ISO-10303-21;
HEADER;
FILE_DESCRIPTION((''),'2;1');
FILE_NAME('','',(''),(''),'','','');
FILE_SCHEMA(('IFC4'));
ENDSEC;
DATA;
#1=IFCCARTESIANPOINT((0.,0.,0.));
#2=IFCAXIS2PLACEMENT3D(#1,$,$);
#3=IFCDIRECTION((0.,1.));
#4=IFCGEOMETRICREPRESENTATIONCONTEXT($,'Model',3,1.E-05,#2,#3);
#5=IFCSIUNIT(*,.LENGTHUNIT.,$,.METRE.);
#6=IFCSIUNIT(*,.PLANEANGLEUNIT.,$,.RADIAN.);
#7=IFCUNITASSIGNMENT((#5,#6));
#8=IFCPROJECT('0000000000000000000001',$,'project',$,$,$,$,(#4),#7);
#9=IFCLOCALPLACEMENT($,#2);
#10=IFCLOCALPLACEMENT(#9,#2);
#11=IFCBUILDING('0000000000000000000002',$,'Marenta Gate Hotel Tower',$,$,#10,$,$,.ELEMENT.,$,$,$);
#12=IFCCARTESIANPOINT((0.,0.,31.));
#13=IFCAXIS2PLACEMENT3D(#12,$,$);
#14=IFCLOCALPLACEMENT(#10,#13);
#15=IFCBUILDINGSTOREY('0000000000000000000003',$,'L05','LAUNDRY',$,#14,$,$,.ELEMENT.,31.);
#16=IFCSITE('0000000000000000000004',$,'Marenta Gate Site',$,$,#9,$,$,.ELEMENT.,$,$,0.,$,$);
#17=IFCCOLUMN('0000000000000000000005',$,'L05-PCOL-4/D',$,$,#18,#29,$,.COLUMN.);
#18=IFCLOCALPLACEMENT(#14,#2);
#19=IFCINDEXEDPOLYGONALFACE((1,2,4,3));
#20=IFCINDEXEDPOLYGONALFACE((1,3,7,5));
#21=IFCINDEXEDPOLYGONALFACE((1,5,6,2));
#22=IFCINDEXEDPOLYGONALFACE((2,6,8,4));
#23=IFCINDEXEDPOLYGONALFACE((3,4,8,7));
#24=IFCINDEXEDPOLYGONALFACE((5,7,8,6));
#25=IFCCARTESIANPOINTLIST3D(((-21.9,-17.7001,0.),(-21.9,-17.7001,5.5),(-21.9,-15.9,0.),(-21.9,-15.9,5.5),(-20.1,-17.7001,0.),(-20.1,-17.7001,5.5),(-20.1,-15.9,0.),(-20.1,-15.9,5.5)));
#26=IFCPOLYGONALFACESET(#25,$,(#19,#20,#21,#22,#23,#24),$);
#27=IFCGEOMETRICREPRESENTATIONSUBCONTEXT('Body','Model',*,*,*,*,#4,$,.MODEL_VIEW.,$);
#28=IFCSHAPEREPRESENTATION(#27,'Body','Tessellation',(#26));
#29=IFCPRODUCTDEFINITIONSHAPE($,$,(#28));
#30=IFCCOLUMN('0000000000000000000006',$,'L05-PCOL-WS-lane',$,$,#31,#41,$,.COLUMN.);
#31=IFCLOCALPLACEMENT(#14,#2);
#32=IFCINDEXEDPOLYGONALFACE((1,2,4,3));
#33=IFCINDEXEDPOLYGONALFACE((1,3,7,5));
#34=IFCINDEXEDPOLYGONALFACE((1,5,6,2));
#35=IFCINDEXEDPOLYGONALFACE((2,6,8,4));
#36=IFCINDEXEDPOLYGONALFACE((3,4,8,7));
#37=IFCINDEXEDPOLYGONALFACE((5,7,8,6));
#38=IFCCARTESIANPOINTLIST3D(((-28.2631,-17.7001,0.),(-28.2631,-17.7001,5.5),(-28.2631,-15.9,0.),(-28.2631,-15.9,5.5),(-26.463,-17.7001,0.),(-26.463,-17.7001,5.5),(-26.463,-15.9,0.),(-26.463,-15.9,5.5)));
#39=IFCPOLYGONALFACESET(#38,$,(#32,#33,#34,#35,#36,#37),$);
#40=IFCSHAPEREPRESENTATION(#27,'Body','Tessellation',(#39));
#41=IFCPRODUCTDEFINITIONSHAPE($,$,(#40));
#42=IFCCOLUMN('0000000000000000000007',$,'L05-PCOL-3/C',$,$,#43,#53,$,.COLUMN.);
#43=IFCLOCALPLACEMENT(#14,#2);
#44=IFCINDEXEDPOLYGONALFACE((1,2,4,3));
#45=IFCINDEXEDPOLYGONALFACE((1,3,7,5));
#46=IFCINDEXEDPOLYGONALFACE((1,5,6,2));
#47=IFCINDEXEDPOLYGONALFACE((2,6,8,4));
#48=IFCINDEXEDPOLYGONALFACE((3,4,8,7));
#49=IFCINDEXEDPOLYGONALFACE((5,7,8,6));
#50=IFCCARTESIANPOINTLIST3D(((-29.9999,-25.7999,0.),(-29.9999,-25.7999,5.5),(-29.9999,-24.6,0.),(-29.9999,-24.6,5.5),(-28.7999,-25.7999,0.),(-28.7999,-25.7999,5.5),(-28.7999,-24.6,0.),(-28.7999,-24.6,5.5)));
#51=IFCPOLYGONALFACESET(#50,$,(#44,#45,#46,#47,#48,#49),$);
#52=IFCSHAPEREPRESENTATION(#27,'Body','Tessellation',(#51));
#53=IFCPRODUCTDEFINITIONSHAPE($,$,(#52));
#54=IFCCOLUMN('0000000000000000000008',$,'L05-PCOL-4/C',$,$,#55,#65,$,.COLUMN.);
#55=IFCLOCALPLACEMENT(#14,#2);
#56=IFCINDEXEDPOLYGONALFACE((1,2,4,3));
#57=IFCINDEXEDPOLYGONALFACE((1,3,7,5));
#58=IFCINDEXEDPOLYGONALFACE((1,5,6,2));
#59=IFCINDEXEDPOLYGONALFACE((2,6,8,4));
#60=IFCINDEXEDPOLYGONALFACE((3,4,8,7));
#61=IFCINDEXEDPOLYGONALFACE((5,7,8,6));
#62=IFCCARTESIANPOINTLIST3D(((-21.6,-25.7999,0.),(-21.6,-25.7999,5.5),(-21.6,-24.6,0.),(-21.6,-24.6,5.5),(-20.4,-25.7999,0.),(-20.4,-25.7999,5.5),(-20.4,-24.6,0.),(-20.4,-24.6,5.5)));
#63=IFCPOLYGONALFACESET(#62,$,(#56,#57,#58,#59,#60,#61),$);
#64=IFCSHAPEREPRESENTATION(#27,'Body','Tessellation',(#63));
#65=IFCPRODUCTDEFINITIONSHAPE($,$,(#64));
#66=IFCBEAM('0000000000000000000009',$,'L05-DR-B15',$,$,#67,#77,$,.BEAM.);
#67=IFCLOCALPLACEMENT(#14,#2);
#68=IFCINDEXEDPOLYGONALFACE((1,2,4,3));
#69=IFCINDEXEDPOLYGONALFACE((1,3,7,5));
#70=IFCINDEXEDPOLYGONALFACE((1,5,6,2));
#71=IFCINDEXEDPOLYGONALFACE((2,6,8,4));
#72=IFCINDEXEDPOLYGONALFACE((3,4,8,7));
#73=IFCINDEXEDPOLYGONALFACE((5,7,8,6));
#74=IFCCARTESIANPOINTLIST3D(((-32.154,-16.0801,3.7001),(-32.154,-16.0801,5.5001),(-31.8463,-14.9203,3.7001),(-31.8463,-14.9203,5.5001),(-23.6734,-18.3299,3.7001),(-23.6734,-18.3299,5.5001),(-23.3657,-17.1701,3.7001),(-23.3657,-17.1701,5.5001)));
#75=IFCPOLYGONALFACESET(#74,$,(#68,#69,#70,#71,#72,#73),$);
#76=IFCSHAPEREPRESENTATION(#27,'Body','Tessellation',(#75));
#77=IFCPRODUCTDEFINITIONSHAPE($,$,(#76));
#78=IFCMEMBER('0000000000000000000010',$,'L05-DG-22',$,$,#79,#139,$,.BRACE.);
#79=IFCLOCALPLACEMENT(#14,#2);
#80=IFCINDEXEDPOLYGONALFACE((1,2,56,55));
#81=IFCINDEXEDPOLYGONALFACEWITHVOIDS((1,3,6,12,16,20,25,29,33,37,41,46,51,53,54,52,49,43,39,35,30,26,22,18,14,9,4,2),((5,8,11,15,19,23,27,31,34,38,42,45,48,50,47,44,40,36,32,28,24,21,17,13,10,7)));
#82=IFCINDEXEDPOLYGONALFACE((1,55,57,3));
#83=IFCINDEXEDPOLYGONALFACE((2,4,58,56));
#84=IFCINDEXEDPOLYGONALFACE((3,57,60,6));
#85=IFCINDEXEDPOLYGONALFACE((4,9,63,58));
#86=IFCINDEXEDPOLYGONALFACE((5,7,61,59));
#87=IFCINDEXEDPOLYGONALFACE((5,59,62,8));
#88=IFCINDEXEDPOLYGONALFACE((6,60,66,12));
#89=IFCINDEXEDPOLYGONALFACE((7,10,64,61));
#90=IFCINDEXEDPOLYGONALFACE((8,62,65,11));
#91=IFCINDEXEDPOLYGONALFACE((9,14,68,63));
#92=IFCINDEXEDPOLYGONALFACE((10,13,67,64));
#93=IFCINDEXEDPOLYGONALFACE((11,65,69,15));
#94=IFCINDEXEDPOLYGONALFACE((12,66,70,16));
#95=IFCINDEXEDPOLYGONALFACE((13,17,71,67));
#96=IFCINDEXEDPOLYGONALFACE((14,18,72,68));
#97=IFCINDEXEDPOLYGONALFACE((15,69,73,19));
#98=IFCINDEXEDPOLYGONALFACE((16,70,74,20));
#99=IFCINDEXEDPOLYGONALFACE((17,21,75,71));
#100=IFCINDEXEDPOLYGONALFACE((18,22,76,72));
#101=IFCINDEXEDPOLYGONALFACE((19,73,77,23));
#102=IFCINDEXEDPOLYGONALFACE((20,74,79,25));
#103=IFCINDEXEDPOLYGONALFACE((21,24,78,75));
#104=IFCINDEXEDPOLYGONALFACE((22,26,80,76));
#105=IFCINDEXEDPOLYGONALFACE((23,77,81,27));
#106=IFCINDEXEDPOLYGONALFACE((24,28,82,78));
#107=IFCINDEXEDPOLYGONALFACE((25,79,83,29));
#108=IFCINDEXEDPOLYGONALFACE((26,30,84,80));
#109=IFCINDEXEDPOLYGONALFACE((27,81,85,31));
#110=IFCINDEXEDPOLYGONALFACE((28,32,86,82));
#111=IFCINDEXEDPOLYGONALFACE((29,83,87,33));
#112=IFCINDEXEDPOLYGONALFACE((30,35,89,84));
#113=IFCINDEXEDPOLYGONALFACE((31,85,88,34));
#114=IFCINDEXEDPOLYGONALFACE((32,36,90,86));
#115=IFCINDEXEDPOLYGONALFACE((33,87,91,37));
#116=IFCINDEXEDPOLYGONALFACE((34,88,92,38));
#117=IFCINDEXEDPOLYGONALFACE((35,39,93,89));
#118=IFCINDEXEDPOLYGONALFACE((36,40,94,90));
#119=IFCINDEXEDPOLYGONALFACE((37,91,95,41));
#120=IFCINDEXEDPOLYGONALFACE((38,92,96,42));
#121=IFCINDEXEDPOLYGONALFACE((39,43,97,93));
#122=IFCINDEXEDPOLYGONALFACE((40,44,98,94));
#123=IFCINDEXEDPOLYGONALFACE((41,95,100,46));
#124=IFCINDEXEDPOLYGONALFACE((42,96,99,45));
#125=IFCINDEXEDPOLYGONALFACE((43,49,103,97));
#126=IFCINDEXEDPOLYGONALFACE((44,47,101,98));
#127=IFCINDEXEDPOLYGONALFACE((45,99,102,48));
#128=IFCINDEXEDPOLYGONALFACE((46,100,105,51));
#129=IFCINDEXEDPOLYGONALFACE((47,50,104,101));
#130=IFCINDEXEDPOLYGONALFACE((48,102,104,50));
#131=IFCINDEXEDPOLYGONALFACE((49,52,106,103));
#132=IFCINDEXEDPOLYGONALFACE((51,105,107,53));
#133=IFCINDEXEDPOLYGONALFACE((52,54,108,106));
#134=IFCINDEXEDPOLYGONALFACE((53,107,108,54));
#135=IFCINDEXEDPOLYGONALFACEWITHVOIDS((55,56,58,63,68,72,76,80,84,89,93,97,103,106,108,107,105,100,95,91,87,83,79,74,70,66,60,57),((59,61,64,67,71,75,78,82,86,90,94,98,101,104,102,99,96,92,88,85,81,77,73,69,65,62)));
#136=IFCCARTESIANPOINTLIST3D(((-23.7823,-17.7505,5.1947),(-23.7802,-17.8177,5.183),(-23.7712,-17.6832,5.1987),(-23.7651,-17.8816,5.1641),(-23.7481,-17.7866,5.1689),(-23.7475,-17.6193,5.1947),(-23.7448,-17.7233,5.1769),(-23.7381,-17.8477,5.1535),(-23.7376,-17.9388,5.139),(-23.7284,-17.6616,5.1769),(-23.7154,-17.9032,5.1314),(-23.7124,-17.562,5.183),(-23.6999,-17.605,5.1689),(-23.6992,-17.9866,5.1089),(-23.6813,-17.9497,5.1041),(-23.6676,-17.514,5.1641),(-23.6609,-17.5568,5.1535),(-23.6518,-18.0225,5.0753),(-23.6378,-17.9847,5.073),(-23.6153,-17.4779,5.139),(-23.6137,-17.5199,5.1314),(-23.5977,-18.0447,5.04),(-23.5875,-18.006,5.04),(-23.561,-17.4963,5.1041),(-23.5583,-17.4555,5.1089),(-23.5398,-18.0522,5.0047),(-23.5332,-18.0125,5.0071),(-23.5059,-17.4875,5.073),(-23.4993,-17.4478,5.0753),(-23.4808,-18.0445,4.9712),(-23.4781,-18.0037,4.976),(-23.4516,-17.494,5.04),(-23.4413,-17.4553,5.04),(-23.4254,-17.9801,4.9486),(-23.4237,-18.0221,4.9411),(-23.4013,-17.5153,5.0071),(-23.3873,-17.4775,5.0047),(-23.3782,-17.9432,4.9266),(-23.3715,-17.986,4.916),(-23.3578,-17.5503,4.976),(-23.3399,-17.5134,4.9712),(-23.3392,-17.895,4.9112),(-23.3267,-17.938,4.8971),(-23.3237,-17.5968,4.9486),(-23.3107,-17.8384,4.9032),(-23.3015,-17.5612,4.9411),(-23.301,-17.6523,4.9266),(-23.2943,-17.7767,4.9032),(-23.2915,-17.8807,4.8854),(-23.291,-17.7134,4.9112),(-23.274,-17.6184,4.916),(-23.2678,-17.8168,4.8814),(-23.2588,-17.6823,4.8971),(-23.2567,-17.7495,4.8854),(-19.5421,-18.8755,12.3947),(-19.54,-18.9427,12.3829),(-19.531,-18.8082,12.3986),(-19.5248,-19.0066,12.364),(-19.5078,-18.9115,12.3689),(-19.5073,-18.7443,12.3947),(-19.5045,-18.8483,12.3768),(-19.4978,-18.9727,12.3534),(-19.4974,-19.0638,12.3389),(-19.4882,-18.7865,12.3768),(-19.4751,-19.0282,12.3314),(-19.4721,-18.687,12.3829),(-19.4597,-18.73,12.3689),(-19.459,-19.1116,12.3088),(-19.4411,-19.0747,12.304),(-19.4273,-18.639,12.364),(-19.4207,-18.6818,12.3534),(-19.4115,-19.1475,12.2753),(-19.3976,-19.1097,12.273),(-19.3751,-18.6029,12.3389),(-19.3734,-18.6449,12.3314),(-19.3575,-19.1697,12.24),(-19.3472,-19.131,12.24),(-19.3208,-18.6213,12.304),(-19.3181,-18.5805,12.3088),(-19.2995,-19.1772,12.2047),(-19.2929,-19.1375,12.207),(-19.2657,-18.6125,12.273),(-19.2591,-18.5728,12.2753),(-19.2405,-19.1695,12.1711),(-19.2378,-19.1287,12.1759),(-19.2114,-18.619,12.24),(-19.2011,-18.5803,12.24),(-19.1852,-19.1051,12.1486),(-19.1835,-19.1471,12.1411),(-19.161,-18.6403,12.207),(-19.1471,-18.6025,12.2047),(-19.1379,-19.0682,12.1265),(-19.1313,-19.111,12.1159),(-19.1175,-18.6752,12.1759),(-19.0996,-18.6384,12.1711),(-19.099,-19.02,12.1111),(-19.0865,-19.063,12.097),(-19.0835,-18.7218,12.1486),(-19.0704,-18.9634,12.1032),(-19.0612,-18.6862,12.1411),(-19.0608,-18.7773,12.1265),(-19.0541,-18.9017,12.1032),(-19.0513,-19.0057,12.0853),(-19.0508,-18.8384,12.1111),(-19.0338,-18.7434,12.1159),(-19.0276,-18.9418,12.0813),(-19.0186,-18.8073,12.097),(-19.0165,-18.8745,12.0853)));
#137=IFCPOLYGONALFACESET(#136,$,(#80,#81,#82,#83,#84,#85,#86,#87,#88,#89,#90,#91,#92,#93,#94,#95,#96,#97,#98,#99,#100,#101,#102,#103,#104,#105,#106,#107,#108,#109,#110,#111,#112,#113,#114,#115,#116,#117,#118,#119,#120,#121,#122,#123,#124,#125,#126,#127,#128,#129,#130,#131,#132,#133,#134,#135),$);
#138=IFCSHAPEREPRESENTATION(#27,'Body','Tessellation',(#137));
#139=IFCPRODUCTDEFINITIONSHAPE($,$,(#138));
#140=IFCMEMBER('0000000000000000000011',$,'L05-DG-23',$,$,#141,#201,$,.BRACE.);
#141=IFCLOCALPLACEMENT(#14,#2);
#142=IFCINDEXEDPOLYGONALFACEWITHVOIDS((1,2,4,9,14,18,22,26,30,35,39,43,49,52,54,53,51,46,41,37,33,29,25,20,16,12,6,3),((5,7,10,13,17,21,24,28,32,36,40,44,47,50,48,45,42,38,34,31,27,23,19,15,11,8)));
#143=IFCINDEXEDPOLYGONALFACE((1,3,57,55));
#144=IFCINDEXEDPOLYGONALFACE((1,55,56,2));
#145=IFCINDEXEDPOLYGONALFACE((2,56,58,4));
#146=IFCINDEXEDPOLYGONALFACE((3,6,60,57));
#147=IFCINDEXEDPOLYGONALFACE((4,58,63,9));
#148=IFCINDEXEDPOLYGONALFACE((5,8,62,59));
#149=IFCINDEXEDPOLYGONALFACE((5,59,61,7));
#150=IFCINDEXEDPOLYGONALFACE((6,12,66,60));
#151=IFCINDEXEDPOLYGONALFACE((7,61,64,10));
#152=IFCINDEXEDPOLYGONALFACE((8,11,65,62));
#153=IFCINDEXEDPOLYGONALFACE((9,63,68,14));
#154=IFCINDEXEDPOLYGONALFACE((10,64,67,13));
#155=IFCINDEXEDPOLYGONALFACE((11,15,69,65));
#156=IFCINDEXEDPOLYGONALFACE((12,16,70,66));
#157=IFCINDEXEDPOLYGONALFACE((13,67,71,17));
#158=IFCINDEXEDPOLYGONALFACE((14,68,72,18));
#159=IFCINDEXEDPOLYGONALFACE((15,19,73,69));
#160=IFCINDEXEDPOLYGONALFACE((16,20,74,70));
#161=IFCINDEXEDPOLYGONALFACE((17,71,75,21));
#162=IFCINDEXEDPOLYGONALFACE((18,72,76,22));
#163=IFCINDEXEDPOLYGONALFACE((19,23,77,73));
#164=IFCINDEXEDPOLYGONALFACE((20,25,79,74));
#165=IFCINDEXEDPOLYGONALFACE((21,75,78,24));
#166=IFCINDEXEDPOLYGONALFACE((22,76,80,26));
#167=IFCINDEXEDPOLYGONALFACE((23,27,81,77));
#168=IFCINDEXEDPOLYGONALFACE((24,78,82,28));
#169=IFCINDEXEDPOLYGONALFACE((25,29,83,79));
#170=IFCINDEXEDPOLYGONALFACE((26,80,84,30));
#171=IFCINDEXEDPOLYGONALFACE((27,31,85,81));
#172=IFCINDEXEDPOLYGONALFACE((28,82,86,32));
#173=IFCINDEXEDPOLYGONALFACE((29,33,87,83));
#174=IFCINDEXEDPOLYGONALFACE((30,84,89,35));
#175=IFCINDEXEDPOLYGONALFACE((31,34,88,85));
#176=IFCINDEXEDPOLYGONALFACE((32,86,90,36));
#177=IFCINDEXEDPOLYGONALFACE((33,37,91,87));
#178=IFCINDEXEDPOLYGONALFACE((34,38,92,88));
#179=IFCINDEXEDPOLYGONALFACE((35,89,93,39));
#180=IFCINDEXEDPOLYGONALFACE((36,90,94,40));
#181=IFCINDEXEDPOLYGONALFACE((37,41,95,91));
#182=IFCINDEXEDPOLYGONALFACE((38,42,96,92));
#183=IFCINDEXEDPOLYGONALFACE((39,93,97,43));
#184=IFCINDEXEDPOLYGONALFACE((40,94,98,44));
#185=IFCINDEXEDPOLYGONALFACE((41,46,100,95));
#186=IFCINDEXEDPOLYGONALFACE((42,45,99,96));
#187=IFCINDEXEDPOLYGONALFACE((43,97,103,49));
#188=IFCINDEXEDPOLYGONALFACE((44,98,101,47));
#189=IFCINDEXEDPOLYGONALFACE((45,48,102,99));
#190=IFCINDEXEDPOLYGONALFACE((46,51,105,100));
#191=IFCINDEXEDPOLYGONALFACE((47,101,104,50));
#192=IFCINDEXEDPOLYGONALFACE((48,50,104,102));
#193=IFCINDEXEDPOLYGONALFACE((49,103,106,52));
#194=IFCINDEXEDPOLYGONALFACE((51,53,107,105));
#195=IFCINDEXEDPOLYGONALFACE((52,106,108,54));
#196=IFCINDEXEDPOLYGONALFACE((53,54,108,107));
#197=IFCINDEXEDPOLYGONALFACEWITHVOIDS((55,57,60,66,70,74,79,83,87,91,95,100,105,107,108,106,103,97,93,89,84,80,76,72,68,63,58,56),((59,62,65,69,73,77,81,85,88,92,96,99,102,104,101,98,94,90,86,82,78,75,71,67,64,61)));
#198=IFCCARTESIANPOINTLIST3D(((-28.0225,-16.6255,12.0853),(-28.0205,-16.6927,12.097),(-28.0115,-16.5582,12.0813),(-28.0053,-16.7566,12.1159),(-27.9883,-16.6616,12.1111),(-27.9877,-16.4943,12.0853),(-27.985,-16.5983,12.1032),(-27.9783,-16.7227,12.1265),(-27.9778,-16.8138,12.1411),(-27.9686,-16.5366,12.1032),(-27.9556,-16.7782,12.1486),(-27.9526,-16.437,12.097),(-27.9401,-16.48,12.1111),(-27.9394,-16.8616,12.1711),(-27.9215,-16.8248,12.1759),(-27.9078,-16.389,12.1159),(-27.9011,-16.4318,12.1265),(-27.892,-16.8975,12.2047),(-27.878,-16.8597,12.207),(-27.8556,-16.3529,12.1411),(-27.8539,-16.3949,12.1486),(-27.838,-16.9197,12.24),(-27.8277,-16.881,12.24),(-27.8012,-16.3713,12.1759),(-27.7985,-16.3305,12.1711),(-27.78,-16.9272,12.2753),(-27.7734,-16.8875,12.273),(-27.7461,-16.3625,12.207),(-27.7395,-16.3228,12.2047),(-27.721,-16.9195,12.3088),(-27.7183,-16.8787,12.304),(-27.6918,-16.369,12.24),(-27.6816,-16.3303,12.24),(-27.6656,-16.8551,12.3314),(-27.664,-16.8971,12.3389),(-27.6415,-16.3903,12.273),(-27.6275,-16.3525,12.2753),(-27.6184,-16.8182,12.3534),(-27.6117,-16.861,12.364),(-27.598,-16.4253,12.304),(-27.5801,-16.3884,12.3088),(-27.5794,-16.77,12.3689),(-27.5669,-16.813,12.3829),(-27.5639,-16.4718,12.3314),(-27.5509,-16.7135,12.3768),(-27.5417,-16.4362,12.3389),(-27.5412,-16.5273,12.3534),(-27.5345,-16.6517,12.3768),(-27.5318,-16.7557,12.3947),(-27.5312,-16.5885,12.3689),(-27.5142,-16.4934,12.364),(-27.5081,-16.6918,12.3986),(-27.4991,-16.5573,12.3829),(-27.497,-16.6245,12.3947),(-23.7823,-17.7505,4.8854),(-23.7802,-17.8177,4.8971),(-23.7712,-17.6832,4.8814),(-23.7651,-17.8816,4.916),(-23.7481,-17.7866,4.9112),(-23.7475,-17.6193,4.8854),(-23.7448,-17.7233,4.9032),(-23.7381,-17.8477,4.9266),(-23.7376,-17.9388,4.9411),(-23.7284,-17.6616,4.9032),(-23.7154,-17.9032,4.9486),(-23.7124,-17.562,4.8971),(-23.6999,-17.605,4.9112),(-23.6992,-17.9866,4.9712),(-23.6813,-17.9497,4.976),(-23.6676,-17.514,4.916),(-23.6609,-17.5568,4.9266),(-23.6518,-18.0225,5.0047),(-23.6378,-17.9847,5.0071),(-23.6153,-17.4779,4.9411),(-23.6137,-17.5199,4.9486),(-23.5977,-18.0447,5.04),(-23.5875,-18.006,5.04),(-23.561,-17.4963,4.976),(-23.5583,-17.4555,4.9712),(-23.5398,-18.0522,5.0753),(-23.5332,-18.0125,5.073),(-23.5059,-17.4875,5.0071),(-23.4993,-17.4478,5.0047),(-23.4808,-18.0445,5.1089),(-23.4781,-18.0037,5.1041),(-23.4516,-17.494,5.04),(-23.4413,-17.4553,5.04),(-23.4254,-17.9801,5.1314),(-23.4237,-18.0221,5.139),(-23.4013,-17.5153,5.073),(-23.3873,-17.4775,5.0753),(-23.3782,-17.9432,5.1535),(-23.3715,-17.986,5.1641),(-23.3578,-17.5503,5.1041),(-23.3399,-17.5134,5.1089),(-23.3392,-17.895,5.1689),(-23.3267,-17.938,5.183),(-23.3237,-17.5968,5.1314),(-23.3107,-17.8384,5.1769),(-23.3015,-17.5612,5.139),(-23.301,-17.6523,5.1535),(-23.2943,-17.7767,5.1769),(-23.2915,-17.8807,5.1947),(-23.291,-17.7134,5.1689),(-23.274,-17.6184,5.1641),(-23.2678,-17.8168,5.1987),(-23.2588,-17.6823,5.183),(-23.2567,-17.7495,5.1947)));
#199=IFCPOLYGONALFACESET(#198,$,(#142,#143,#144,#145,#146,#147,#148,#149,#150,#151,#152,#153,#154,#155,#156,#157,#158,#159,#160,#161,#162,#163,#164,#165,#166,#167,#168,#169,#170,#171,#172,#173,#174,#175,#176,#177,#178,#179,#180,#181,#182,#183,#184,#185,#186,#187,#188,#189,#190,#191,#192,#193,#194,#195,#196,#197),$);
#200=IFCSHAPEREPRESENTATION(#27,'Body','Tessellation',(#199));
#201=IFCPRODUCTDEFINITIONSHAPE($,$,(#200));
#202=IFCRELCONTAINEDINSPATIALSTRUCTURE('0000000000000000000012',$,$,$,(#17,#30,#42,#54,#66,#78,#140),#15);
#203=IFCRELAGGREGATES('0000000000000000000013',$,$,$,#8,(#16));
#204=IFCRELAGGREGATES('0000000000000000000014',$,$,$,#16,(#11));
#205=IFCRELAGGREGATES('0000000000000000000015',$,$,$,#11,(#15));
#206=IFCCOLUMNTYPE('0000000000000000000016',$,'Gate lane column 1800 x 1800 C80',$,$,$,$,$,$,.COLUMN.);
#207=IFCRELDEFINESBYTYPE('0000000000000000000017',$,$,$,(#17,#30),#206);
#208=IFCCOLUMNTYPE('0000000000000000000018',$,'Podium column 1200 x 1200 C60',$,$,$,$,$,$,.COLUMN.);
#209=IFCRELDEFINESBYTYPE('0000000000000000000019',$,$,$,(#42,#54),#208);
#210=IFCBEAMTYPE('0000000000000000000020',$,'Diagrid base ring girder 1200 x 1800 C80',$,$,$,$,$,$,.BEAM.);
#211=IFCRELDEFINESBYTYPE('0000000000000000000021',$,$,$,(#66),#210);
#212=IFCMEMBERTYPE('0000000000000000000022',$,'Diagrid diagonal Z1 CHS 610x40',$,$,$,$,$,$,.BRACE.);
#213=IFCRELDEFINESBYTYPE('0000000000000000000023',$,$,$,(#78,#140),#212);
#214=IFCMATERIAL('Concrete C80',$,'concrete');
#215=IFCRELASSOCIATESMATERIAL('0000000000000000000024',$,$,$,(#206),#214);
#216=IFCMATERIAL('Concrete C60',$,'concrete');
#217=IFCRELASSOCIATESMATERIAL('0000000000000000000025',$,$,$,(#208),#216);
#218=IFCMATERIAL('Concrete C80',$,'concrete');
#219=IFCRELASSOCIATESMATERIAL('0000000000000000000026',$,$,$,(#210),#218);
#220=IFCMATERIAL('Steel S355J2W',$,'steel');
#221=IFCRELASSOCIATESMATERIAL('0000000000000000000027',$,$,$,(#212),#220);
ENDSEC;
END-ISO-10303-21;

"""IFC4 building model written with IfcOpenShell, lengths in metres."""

from ifc_helpers import new_model, si_unit, direction, frame, origin, origin_2d, place, context, subcontext, project, spatial, rectangle, hollow_circle, extrude, material, material_profile, profile_set, type_object, element, save


model = new_model("IFC4")

# Units and contexts
model_context = context("Model", 3, precision=1e-05, world=origin(), true_north=direction((0.0, 1.0)))
body_context = subcontext(model_context, "Body", "Model", "MODEL_VIEW")
ifc_project = project(units=[si_unit("LENGTHUNIT", "METRE"), si_unit("PLANEANGLEUNIT", "RADIAN")], contexts=[model_context])

# Site, building, storey
site_placement = place(None, origin())
site = spatial("IfcSite", under=ifc_project, at=site_placement, Name="Marenta Gate Site", CompositionType="ELEMENT", RefElevation=0.0)
building_placement = place(site_placement, origin())
building = spatial("IfcBuilding", under=site, at=building_placement, Name="Marenta Gate Hotel Tower", CompositionType="ELEMENT")
storey_placement = place(building_placement, frame((0.0, 0.0, 31.0)))
storey = spatial("IfcBuildingStorey", under=building, at=storey_placement, Name="L05", Description="LAUNDRY", CompositionType="ELEMENT", Elevation=31.0)

# Columns
ifc_material_1 = material(Name="Concrete C80", Category="concrete")
ifc_material_profile_1 = material_profile(ifc_material_1, rectangle(XDim=1.8, YDim=1.8, at=origin_2d()), Name="1800 x 1800")
ifc_profile_set_1 = profile_set([ifc_material_profile_1], Name="Concrete C80")
column_type_1 = type_object("IfcColumnType", Name="Gate lane column 1800 x 1800 C80", PredefinedType="COLUMN", material=ifc_profile_set_1)
for number, where, z_axis, x_axis, name in (
    (1, (-21.0, -16.8, 0.0), (0.0, 0.0, 1.0), (1.0, 0.0, 0.0), "L05-PCOL-4/D"),
    (2, (-27.363, -16.8, 0.0), (0.0, 0.0, 1.0), (1.0, 0.0, 0.0), "L05-PCOL-WS-lane"),
):
    element("IfcColumn", number, at=place(storey_placement, frame(where, z_axis=z_axis, x_axis=x_axis)), inside=storey, type_object=column_type_1, Name=name, PredefinedType="COLUMN", context=body_context, shape_type="SweptSolid", body=[
        extrude(rectangle(XDim=1.8, YDim=1.8, at=origin_2d()), origin(), (0.0, 0.0, 1.0), 5.5),
    ])
ifc_material_2 = material(Name="Concrete C60", Category="concrete")
ifc_material_profile_2 = material_profile(ifc_material_2, rectangle(XDim=1.2, YDim=1.2, at=origin_2d()), Name="1200 x 1200")
ifc_profile_set_2 = profile_set([ifc_material_profile_2], Name="Concrete C60")
column_type_2 = type_object("IfcColumnType", Name="Podium column 1200 x 1200 C60", PredefinedType="COLUMN", material=ifc_profile_set_2)
for number, where, z_axis, x_axis, name in (
    (3, (-29.3999, -25.2, 0.0), (0.0, 0.0, 1.0), (1.0, 0.0, 0.0), "L05-PCOL-3/C"),
    (4, (-21.0, -25.2, 0.0), (0.0, 0.0, 1.0), (1.0, 0.0, 0.0), "L05-PCOL-4/C"),
):
    element("IfcColumn", number, at=place(storey_placement, frame(where, z_axis=z_axis, x_axis=x_axis)), inside=storey, type_object=column_type_2, Name=name, PredefinedType="COLUMN", context=body_context, shape_type="SweptSolid", body=[
        extrude(rectangle(XDim=1.2, YDim=1.2, at=origin_2d()), origin(), (0.0, 0.0, 1.0), 5.5),
    ])

# Beam
ifc_material_3 = material(Name="Concrete C80", Category="concrete")
ifc_material_profile_3 = material_profile(ifc_material_3, rectangle(XDim=1.2, YDim=1.8, at=origin_2d()), Name="1200 x 1800")
ifc_profile_set_3 = profile_set([ifc_material_profile_3], Name="Concrete C80")
beam_type_1 = type_object("IfcBeamType", Name="Diagrid base ring girder 1200 x 1800 C80", PredefinedType="BEAM", material=ifc_profile_set_3)
beam_1_placement = place(storey_placement, frame((-23.5195, -17.75, 4.6001), z_axis=(-0.966566, 0.256417, 0.0), x_axis=(-0.256417, -0.966566, 0.0)))
element("IfcBeam", 5, at=beam_1_placement, inside=storey, type_object=beam_type_1, Name="L05-DR-B15", PredefinedType="BEAM", context=body_context, shape_type="SweptSolid", body=[
    extrude(rectangle(XDim=1.2, YDim=1.8, at=origin_2d()), origin(), (0.0, 0.0, 1.0), 8.7739),
])

# Members
ifc_material_4 = material(Name="Steel S355J2W", Category="steel")
ifc_material_profile_4 = material_profile(ifc_material_4, hollow_circle(Radius=0.3049, WallThickness=0.04, at=origin_2d()), Name="CHS 610x40")
ifc_profile_set_4 = profile_set([ifc_material_profile_4], Name="Steel S355J2W")
member_type = type_object("IfcMemberType", Name="Diagrid diagonal Z1 CHS 610x40", PredefinedType="BRACE", material=ifc_profile_set_4)
for number, where, z_axis, x_axis, name in (
    (6, (-23.5195, -17.75, 5.04), (0.502924, -0.133434, 0.853969), (0.256443, 0.966559, 0.0), "L05-DG-22"),
    (7, (-23.5195, -17.75, 5.04), (-0.502924, 0.133434, 0.853969), (-0.256443, -0.966559, 0.0), "L05-DG-23"),
):
    element("IfcMember", number, at=place(storey_placement, frame(where, z_axis=z_axis, x_axis=x_axis)), inside=storey, type_object=member_type, Name=name, PredefinedType="BRACE", context=body_context, shape_type="SweptSolid", body=[
        extrude(hollow_circle(Radius=0.3049, WallThickness=0.04, at=origin_2d()), origin(), (0.0, 0.0, 1.0), 8.4312),
    ])

save(model, "model.ifc")
